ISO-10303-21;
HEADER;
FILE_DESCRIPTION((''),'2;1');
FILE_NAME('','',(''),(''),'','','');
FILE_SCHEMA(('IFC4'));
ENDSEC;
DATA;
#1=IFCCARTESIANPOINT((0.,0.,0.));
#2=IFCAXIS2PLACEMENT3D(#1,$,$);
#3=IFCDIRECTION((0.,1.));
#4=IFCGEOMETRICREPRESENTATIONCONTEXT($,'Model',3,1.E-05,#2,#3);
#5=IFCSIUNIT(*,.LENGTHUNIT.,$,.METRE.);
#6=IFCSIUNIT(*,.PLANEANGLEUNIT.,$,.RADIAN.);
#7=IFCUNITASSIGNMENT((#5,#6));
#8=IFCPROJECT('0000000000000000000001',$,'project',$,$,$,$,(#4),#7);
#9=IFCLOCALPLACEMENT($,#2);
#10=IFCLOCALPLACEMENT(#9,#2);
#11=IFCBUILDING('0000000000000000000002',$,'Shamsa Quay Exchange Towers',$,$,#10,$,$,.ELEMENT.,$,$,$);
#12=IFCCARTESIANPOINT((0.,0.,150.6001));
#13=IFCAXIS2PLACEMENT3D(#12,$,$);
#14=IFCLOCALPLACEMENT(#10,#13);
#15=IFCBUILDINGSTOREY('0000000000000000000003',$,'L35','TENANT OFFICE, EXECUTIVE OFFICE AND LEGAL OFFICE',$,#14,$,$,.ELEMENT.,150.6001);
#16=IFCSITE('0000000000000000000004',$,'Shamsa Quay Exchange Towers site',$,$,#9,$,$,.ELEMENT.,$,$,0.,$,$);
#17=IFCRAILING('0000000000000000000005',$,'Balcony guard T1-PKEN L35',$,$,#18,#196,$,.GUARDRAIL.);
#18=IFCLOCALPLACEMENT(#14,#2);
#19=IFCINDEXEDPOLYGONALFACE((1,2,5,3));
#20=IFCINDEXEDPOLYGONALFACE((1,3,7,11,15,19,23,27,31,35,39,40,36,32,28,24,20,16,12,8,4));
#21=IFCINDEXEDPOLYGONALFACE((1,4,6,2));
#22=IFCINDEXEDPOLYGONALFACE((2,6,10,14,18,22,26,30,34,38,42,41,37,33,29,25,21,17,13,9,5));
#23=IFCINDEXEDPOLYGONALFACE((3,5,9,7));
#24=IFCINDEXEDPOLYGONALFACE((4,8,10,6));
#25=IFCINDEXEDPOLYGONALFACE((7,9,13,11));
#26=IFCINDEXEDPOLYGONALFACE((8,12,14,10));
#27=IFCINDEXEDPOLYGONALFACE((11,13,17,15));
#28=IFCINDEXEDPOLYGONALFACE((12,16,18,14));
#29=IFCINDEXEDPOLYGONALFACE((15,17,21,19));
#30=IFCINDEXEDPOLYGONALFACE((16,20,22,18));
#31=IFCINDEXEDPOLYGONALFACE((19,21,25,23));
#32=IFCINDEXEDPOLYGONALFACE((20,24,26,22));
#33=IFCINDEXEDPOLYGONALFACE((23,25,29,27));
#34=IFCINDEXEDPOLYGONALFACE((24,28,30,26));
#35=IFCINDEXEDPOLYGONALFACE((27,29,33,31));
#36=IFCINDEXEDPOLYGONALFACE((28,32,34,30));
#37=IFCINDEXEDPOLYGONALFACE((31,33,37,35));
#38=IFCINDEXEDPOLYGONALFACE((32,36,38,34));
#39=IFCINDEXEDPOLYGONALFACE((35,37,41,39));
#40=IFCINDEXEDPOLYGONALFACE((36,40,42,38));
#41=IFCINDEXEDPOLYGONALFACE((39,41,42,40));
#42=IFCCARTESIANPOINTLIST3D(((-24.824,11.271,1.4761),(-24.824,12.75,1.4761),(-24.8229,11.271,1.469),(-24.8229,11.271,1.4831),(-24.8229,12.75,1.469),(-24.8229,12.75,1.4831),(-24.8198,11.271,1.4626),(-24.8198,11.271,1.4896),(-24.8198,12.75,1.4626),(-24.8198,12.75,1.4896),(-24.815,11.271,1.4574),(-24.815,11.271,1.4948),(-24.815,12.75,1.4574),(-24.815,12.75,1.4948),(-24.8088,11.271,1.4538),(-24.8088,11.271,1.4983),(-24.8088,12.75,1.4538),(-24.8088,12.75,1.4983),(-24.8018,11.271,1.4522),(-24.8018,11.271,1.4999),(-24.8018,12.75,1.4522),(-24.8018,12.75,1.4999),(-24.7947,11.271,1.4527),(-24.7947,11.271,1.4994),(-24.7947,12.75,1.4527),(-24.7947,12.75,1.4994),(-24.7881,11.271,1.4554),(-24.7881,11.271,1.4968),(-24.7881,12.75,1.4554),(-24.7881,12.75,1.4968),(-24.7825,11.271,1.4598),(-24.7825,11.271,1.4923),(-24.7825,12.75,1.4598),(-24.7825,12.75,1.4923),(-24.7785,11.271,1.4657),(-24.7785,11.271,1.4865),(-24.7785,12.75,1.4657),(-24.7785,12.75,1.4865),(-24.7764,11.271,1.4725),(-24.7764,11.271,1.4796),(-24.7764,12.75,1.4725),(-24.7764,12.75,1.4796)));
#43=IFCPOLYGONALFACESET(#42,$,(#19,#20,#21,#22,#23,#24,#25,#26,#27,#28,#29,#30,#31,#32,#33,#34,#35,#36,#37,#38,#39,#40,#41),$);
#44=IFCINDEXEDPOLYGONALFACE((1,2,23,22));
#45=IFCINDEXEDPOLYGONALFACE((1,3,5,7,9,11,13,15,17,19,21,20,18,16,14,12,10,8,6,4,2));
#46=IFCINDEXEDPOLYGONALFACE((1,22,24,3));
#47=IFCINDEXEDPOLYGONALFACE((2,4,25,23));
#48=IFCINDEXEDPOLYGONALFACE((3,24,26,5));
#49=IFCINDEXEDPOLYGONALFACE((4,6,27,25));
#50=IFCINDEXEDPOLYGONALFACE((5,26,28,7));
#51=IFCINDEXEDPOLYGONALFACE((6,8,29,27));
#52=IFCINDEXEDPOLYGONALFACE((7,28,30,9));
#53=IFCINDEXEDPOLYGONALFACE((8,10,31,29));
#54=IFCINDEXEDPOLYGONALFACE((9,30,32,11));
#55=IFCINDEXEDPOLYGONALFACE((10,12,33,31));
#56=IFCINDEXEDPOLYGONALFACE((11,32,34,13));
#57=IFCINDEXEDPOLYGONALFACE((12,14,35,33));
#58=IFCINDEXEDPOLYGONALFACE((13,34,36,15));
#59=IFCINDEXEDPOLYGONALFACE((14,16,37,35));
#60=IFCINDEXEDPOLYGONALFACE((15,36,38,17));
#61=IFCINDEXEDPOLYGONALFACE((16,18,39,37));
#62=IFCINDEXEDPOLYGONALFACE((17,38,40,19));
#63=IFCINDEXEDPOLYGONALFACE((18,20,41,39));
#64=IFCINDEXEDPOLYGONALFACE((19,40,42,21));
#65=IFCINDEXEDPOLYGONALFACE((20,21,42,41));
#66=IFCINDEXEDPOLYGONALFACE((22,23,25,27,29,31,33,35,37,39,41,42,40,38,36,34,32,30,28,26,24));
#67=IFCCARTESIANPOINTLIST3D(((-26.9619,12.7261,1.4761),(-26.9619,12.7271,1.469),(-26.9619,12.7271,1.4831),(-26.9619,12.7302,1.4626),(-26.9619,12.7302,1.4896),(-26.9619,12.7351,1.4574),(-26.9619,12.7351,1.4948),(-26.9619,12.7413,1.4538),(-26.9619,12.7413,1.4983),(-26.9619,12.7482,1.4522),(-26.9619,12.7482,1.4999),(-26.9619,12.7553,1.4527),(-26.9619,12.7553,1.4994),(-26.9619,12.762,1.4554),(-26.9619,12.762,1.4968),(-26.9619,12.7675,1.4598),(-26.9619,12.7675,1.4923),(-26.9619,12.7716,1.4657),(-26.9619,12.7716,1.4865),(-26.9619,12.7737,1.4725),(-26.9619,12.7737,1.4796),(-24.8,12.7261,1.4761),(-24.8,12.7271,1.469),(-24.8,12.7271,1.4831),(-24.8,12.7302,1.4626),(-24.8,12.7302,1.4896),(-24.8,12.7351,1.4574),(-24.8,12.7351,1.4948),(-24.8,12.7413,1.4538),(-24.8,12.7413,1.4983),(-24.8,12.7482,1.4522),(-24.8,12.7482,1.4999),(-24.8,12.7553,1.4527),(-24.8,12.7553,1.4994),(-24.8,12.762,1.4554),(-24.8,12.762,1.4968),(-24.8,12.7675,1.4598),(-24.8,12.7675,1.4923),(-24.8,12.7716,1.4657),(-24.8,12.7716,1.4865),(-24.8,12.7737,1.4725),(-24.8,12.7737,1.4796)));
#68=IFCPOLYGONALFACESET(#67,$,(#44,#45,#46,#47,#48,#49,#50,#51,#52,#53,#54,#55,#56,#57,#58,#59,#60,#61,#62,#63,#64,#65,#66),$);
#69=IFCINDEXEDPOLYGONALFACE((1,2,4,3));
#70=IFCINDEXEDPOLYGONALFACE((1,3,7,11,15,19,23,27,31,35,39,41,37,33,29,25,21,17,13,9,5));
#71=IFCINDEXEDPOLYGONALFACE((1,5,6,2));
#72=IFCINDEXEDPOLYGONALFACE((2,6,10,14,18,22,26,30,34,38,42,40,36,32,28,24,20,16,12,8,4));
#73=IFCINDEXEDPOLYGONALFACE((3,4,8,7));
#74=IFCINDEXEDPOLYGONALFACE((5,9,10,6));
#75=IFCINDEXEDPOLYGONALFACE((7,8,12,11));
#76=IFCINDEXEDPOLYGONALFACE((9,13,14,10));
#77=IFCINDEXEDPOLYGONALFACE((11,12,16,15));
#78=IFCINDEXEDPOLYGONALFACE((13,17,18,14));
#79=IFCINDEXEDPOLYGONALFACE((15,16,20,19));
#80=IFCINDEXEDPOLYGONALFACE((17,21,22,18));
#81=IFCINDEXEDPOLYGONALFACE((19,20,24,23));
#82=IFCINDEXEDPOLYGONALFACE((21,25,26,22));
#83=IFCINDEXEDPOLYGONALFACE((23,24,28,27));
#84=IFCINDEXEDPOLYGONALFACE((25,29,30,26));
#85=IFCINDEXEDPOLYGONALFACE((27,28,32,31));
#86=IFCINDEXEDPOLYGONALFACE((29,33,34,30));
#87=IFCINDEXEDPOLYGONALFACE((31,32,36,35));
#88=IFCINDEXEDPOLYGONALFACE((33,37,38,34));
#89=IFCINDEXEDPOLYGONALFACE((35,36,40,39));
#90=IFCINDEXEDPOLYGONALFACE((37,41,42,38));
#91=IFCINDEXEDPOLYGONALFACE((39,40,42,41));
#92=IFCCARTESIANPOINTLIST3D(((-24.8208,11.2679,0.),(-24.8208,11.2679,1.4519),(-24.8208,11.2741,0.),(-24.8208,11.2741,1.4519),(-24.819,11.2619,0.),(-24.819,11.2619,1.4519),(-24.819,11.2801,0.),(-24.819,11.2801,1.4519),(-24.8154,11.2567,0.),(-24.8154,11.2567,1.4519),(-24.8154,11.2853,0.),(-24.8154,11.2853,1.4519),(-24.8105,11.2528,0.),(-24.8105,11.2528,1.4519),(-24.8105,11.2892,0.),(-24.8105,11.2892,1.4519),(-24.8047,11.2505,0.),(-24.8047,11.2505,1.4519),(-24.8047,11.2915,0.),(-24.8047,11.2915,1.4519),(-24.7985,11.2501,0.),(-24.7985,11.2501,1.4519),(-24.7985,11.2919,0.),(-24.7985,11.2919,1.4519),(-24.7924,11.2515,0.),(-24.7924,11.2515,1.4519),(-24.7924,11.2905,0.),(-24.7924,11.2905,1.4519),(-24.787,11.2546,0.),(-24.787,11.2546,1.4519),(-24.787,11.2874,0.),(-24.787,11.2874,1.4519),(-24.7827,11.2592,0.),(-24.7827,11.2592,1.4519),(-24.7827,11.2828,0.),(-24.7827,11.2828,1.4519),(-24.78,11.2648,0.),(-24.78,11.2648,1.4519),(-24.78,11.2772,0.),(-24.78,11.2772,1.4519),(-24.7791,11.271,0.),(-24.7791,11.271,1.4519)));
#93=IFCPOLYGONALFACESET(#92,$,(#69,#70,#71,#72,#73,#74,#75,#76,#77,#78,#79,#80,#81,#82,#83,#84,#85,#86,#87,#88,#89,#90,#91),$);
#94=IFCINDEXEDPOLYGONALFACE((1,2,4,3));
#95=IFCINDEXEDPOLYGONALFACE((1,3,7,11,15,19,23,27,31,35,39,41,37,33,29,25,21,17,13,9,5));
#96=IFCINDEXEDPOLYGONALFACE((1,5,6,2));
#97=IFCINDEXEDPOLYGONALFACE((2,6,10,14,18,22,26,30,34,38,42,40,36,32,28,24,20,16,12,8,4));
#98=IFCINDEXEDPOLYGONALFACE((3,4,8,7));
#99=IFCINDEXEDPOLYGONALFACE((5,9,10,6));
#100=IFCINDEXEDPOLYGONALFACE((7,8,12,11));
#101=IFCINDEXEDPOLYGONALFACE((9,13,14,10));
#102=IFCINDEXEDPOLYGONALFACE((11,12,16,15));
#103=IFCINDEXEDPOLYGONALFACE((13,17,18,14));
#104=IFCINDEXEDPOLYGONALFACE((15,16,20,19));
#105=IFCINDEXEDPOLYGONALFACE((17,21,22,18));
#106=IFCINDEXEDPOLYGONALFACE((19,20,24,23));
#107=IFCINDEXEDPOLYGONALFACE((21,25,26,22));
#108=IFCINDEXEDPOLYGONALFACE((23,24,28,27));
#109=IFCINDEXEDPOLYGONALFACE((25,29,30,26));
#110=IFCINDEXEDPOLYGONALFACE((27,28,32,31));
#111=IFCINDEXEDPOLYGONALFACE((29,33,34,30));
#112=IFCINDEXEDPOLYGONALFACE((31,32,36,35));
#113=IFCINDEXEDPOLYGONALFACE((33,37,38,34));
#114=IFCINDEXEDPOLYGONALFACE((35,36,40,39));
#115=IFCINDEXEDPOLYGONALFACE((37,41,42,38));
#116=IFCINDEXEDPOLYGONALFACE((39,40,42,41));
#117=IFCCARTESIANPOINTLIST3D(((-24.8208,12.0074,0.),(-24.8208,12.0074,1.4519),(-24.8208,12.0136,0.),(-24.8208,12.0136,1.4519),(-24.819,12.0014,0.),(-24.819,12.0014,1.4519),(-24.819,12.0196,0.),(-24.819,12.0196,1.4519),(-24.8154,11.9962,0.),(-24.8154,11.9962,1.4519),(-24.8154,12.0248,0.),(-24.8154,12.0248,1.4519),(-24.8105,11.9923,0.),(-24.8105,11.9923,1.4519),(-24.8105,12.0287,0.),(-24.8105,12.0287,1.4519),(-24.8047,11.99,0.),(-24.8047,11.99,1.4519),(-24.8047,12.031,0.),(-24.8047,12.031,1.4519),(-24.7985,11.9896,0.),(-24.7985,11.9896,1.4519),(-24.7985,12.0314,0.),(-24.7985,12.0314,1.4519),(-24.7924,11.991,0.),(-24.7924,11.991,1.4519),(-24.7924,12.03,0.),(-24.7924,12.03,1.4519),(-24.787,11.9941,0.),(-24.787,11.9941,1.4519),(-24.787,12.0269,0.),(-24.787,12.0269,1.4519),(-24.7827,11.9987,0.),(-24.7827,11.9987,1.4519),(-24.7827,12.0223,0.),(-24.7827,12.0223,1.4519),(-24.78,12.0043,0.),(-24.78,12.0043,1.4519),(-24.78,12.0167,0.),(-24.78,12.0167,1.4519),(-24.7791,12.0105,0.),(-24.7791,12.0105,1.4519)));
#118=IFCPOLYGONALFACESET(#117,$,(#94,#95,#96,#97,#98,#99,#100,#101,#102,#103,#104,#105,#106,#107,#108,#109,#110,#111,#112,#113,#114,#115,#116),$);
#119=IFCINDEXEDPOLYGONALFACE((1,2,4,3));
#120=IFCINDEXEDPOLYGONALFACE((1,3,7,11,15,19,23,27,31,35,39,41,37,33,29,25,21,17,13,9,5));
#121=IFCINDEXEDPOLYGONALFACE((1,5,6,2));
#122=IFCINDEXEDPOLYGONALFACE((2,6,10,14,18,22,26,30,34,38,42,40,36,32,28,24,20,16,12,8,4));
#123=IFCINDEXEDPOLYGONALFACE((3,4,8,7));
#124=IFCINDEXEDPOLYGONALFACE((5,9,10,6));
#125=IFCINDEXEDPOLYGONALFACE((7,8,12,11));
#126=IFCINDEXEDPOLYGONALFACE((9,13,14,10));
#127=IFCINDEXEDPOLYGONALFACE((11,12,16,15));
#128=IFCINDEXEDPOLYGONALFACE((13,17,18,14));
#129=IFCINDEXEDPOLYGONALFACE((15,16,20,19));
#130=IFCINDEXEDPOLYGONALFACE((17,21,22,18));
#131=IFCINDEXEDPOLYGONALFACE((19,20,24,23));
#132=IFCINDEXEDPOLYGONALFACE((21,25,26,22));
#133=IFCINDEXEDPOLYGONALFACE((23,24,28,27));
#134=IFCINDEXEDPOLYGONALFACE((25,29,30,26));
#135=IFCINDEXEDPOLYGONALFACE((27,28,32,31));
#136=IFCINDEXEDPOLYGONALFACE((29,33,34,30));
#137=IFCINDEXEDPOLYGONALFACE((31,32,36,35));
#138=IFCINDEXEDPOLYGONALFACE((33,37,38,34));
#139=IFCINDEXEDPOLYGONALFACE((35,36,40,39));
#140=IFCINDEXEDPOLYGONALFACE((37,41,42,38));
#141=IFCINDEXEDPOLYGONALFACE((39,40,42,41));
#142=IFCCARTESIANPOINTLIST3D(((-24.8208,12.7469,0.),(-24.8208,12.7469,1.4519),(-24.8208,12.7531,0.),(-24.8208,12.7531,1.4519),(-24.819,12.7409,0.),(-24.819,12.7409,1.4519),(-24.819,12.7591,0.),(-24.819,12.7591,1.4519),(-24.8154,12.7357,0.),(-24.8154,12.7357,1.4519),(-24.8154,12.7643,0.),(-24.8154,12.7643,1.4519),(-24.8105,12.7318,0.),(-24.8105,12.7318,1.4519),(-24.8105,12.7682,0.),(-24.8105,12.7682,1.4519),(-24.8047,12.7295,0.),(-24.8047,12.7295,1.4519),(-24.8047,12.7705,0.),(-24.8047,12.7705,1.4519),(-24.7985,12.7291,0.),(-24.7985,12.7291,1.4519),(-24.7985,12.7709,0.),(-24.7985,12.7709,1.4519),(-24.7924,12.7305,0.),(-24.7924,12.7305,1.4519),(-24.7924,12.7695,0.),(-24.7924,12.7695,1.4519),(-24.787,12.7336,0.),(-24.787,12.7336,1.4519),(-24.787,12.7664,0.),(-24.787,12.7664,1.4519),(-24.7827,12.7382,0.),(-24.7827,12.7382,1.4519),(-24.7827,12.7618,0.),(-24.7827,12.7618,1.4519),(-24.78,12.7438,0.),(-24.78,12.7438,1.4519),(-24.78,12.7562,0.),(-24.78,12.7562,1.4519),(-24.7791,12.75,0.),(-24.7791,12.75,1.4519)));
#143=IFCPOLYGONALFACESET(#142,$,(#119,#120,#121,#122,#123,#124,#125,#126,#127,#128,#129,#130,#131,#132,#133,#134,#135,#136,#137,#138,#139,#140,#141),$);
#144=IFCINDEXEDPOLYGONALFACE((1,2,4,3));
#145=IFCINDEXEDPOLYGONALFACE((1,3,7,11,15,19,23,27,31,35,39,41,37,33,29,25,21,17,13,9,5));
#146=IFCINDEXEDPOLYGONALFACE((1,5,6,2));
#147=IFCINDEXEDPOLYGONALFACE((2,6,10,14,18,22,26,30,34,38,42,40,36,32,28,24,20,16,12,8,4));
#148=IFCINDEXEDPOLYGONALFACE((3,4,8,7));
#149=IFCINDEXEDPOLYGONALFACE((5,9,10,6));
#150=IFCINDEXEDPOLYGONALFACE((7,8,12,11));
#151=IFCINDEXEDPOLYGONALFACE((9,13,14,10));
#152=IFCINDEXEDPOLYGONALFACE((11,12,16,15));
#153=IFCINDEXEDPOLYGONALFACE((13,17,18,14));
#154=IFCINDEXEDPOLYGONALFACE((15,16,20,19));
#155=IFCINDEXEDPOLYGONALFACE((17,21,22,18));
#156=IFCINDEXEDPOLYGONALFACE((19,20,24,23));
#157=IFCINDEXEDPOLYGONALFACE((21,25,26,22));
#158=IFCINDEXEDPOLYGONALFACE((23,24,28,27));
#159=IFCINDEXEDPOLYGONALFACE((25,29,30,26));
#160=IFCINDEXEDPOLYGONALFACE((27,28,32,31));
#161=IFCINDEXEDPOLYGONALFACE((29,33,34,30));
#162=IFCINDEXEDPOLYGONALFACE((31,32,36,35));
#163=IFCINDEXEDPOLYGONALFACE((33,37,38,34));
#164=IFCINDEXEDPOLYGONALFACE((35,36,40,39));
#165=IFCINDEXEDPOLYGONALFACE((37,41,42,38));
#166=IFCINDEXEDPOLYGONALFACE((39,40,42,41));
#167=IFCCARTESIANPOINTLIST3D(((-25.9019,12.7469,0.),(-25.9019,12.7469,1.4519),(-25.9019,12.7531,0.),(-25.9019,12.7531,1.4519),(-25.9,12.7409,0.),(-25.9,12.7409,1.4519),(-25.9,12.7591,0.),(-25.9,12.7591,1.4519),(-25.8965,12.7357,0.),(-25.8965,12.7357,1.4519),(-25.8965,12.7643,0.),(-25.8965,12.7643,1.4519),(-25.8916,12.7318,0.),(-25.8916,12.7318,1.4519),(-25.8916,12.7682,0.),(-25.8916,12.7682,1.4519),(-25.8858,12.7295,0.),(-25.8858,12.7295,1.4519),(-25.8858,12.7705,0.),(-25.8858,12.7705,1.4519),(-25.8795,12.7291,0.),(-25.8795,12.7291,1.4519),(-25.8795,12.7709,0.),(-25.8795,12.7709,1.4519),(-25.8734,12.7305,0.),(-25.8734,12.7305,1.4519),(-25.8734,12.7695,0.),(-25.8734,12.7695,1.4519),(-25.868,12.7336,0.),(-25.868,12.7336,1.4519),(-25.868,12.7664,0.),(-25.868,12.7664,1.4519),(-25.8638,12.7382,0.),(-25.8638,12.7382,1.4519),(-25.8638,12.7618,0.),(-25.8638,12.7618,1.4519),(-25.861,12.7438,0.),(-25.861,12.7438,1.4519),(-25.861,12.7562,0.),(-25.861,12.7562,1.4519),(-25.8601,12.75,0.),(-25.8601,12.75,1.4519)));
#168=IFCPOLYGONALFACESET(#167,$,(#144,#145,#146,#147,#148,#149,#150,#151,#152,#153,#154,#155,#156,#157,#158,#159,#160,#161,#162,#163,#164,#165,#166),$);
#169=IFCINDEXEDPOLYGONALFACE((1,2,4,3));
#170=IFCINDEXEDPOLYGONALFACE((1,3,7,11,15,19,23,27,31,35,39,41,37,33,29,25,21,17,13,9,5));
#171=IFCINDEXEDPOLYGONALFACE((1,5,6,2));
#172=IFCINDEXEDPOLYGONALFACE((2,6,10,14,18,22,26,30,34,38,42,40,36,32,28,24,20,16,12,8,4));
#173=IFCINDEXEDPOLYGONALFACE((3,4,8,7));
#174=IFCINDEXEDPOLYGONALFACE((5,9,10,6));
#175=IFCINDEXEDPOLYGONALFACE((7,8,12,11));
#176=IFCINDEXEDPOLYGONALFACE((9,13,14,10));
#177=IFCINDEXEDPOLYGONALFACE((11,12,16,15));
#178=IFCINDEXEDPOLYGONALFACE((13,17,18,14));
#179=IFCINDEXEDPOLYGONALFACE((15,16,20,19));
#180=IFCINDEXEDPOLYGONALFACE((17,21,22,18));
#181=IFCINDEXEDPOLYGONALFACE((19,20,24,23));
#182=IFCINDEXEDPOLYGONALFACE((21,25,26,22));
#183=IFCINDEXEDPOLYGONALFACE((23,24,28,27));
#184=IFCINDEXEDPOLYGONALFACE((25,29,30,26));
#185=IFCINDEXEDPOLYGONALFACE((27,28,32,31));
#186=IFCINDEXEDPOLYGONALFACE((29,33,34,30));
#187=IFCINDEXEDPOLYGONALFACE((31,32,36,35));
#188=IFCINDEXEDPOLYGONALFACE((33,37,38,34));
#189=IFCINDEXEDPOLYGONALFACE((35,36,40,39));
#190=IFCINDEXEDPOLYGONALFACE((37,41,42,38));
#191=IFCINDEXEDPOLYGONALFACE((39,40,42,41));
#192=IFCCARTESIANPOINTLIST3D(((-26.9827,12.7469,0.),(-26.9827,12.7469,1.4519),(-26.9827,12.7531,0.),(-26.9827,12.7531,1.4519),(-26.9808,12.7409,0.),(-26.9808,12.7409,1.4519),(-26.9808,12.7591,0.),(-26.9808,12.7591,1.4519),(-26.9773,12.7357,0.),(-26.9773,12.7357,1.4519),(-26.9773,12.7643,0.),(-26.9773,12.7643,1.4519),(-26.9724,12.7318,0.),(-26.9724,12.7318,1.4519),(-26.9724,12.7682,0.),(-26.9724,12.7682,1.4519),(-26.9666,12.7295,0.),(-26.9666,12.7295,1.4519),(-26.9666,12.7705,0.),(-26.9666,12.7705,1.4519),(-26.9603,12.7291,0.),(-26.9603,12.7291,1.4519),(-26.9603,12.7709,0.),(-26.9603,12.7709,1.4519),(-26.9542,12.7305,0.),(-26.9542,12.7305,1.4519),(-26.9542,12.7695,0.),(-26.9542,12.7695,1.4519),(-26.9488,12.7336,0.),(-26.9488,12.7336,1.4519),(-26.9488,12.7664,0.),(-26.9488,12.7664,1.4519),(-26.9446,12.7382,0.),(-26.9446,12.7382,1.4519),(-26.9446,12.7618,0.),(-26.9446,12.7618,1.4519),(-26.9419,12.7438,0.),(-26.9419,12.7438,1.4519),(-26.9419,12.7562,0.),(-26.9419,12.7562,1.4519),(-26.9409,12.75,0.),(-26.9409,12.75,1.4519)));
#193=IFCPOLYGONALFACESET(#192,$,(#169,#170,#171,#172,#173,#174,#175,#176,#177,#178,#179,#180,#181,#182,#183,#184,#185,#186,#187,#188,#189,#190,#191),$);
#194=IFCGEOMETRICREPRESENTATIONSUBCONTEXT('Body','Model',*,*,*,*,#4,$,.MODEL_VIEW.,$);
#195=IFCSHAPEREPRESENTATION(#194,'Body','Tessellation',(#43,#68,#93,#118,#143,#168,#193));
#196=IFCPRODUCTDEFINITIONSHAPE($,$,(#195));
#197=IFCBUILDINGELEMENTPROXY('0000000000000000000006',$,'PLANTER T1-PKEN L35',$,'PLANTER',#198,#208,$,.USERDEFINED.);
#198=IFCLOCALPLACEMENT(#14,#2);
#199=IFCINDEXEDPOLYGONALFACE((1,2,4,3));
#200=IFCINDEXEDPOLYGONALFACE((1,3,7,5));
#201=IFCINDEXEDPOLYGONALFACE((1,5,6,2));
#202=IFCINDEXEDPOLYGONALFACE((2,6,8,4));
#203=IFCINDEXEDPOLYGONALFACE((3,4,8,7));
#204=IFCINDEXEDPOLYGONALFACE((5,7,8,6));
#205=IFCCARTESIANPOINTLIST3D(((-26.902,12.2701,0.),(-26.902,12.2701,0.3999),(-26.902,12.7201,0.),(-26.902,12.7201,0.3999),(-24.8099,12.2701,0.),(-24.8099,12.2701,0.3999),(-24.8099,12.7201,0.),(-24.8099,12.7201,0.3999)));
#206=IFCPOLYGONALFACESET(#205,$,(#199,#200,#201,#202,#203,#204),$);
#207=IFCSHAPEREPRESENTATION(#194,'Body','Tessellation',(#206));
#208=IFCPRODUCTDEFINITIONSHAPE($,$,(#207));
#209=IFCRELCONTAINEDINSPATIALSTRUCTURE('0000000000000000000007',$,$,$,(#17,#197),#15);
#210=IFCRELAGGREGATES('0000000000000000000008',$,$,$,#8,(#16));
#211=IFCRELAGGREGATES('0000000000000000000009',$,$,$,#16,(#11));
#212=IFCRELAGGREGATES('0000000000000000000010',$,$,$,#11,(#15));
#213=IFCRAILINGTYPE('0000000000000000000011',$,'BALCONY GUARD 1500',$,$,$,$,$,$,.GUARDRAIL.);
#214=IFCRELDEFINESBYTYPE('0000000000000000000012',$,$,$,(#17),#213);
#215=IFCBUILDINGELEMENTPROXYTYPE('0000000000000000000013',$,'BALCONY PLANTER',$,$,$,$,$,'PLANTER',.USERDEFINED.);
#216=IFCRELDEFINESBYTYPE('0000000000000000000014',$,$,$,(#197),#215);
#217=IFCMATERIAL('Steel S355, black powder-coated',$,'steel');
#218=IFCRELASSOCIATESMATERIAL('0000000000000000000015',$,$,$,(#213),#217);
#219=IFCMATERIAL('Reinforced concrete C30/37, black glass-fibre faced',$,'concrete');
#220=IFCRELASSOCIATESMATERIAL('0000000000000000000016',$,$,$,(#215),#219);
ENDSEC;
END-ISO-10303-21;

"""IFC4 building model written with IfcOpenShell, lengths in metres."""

from ifc_helpers import new_model, si_unit, direction, frame, origin, origin_2d, place, context, subcontext, project, spatial, rectangle, circle, extrude, material, type_object, element, save


model = new_model("IFC4")

# Units and contexts
model_context = context("Model", 3, precision=1e-05, world=origin(), true_north=direction((0.0, 1.0)))
body_context = subcontext(model_context, "Body", "Model", "MODEL_VIEW")
ifc_project = project(units=[si_unit("LENGTHUNIT", "METRE"), si_unit("PLANEANGLEUNIT", "RADIAN")], contexts=[model_context])

# Site, building, storey
site_placement = place(None, origin())
site = spatial("IfcSite", under=ifc_project, at=site_placement, Name="Shamsa Quay Exchange Towers site", CompositionType="ELEMENT", RefElevation=0.0)
building_placement = place(site_placement, origin())
building = spatial("IfcBuilding", under=site, at=building_placement, Name="Shamsa Quay Exchange Towers", CompositionType="ELEMENT")
storey_placement = place(building_placement, frame((0.0, 0.0, 150.6001)))
storey = spatial("IfcBuildingStorey", under=building, at=storey_placement, Name="L35", Description="TENANT OFFICE, EXECUTIVE OFFICE AND LEGAL OFFICE", CompositionType="ELEMENT", Elevation=150.6001)

# Railing
ifc_material_1 = material(Name="Steel S355, black powder-coated", Category="steel")
railing_type = type_object("IfcRailingType", Name="BALCONY GUARD 1500", PredefinedType="GUARDRAIL", material=ifc_material_1)
railing_placement = place(storey_placement, frame((-24.8, 11.271, 0.0)))
element("IfcRailing", 1, at=railing_placement, inside=storey, type_object=railing_type, Name="Balcony guard T1-PKEN L35", PredefinedType="GUARDRAIL", context=body_context, shape_type="SweptSolid", body=[
    extrude(circle(Radius=0.0239, at=origin_2d()), frame((0.0, 0.0, 1.4761), z_axis=(0.0, 1.0, 0.0), x_axis=(-1.0, 0.0, 0.0)), (0.0, 0.0, 1.0), 1.479),
    extrude(circle(Radius=0.0239, at=origin_2d()), frame((0.0, 1.479, 1.4761), z_axis=(-1.0, 0.0, 0.0), x_axis=(0.0, -1.0, 0.0)), (0.0, 0.0, 1.0), 2.1619),
    extrude(circle(Radius=0.021, at=origin_2d()), origin(), (0.0, 0.0, 1.0), 1.4519),
    extrude(circle(Radius=0.021, at=origin_2d()), frame((0.0, 0.7395, 0.0)), (0.0, 0.0, 1.0), 1.4519),
    extrude(circle(Radius=0.021, at=origin_2d()), frame((0.0, 1.479, 0.0)), (0.0, 0.0, 1.0), 1.4519),
    extrude(circle(Radius=0.021, at=origin_2d()), frame((-1.0811, 1.479, 0.0)), (0.0, 0.0, 1.0), 1.4519),
    extrude(circle(Radius=0.021, at=origin_2d()), frame((-2.1619, 1.479, 0.0)), (0.0, 0.0, 1.0), 1.4519),
])

# Building element proxy
ifc_material_2 = material(Name="Reinforced concrete C30/37, black glass-fibre faced", Category="concrete")
building_element_proxy_type = type_object("IfcBuildingElementProxyType", Name="BALCONY PLANTER", ElementType="PLANTER", PredefinedType="USERDEFINED", material=ifc_material_2)
proxy_placement = place(storey_placement, frame((-25.856, 12.4951, 0.0), z_axis=(0.0, 0.0, 1.0), x_axis=(-1.0, 0.0, 0.0)))
element("IfcBuildingElementProxy", 2, at=proxy_placement, inside=storey, type_object=building_element_proxy_type, Name="PLANTER T1-PKEN L35", ObjectType="PLANTER", PredefinedType="USERDEFINED", context=body_context, shape_type="SweptSolid", body=[
    extrude(rectangle(XDim=2.092, YDim=0.45, at=origin_2d()), origin(), (0.0, 0.0, 1.0), 0.3999),
])

save(model, "model.ifc")
